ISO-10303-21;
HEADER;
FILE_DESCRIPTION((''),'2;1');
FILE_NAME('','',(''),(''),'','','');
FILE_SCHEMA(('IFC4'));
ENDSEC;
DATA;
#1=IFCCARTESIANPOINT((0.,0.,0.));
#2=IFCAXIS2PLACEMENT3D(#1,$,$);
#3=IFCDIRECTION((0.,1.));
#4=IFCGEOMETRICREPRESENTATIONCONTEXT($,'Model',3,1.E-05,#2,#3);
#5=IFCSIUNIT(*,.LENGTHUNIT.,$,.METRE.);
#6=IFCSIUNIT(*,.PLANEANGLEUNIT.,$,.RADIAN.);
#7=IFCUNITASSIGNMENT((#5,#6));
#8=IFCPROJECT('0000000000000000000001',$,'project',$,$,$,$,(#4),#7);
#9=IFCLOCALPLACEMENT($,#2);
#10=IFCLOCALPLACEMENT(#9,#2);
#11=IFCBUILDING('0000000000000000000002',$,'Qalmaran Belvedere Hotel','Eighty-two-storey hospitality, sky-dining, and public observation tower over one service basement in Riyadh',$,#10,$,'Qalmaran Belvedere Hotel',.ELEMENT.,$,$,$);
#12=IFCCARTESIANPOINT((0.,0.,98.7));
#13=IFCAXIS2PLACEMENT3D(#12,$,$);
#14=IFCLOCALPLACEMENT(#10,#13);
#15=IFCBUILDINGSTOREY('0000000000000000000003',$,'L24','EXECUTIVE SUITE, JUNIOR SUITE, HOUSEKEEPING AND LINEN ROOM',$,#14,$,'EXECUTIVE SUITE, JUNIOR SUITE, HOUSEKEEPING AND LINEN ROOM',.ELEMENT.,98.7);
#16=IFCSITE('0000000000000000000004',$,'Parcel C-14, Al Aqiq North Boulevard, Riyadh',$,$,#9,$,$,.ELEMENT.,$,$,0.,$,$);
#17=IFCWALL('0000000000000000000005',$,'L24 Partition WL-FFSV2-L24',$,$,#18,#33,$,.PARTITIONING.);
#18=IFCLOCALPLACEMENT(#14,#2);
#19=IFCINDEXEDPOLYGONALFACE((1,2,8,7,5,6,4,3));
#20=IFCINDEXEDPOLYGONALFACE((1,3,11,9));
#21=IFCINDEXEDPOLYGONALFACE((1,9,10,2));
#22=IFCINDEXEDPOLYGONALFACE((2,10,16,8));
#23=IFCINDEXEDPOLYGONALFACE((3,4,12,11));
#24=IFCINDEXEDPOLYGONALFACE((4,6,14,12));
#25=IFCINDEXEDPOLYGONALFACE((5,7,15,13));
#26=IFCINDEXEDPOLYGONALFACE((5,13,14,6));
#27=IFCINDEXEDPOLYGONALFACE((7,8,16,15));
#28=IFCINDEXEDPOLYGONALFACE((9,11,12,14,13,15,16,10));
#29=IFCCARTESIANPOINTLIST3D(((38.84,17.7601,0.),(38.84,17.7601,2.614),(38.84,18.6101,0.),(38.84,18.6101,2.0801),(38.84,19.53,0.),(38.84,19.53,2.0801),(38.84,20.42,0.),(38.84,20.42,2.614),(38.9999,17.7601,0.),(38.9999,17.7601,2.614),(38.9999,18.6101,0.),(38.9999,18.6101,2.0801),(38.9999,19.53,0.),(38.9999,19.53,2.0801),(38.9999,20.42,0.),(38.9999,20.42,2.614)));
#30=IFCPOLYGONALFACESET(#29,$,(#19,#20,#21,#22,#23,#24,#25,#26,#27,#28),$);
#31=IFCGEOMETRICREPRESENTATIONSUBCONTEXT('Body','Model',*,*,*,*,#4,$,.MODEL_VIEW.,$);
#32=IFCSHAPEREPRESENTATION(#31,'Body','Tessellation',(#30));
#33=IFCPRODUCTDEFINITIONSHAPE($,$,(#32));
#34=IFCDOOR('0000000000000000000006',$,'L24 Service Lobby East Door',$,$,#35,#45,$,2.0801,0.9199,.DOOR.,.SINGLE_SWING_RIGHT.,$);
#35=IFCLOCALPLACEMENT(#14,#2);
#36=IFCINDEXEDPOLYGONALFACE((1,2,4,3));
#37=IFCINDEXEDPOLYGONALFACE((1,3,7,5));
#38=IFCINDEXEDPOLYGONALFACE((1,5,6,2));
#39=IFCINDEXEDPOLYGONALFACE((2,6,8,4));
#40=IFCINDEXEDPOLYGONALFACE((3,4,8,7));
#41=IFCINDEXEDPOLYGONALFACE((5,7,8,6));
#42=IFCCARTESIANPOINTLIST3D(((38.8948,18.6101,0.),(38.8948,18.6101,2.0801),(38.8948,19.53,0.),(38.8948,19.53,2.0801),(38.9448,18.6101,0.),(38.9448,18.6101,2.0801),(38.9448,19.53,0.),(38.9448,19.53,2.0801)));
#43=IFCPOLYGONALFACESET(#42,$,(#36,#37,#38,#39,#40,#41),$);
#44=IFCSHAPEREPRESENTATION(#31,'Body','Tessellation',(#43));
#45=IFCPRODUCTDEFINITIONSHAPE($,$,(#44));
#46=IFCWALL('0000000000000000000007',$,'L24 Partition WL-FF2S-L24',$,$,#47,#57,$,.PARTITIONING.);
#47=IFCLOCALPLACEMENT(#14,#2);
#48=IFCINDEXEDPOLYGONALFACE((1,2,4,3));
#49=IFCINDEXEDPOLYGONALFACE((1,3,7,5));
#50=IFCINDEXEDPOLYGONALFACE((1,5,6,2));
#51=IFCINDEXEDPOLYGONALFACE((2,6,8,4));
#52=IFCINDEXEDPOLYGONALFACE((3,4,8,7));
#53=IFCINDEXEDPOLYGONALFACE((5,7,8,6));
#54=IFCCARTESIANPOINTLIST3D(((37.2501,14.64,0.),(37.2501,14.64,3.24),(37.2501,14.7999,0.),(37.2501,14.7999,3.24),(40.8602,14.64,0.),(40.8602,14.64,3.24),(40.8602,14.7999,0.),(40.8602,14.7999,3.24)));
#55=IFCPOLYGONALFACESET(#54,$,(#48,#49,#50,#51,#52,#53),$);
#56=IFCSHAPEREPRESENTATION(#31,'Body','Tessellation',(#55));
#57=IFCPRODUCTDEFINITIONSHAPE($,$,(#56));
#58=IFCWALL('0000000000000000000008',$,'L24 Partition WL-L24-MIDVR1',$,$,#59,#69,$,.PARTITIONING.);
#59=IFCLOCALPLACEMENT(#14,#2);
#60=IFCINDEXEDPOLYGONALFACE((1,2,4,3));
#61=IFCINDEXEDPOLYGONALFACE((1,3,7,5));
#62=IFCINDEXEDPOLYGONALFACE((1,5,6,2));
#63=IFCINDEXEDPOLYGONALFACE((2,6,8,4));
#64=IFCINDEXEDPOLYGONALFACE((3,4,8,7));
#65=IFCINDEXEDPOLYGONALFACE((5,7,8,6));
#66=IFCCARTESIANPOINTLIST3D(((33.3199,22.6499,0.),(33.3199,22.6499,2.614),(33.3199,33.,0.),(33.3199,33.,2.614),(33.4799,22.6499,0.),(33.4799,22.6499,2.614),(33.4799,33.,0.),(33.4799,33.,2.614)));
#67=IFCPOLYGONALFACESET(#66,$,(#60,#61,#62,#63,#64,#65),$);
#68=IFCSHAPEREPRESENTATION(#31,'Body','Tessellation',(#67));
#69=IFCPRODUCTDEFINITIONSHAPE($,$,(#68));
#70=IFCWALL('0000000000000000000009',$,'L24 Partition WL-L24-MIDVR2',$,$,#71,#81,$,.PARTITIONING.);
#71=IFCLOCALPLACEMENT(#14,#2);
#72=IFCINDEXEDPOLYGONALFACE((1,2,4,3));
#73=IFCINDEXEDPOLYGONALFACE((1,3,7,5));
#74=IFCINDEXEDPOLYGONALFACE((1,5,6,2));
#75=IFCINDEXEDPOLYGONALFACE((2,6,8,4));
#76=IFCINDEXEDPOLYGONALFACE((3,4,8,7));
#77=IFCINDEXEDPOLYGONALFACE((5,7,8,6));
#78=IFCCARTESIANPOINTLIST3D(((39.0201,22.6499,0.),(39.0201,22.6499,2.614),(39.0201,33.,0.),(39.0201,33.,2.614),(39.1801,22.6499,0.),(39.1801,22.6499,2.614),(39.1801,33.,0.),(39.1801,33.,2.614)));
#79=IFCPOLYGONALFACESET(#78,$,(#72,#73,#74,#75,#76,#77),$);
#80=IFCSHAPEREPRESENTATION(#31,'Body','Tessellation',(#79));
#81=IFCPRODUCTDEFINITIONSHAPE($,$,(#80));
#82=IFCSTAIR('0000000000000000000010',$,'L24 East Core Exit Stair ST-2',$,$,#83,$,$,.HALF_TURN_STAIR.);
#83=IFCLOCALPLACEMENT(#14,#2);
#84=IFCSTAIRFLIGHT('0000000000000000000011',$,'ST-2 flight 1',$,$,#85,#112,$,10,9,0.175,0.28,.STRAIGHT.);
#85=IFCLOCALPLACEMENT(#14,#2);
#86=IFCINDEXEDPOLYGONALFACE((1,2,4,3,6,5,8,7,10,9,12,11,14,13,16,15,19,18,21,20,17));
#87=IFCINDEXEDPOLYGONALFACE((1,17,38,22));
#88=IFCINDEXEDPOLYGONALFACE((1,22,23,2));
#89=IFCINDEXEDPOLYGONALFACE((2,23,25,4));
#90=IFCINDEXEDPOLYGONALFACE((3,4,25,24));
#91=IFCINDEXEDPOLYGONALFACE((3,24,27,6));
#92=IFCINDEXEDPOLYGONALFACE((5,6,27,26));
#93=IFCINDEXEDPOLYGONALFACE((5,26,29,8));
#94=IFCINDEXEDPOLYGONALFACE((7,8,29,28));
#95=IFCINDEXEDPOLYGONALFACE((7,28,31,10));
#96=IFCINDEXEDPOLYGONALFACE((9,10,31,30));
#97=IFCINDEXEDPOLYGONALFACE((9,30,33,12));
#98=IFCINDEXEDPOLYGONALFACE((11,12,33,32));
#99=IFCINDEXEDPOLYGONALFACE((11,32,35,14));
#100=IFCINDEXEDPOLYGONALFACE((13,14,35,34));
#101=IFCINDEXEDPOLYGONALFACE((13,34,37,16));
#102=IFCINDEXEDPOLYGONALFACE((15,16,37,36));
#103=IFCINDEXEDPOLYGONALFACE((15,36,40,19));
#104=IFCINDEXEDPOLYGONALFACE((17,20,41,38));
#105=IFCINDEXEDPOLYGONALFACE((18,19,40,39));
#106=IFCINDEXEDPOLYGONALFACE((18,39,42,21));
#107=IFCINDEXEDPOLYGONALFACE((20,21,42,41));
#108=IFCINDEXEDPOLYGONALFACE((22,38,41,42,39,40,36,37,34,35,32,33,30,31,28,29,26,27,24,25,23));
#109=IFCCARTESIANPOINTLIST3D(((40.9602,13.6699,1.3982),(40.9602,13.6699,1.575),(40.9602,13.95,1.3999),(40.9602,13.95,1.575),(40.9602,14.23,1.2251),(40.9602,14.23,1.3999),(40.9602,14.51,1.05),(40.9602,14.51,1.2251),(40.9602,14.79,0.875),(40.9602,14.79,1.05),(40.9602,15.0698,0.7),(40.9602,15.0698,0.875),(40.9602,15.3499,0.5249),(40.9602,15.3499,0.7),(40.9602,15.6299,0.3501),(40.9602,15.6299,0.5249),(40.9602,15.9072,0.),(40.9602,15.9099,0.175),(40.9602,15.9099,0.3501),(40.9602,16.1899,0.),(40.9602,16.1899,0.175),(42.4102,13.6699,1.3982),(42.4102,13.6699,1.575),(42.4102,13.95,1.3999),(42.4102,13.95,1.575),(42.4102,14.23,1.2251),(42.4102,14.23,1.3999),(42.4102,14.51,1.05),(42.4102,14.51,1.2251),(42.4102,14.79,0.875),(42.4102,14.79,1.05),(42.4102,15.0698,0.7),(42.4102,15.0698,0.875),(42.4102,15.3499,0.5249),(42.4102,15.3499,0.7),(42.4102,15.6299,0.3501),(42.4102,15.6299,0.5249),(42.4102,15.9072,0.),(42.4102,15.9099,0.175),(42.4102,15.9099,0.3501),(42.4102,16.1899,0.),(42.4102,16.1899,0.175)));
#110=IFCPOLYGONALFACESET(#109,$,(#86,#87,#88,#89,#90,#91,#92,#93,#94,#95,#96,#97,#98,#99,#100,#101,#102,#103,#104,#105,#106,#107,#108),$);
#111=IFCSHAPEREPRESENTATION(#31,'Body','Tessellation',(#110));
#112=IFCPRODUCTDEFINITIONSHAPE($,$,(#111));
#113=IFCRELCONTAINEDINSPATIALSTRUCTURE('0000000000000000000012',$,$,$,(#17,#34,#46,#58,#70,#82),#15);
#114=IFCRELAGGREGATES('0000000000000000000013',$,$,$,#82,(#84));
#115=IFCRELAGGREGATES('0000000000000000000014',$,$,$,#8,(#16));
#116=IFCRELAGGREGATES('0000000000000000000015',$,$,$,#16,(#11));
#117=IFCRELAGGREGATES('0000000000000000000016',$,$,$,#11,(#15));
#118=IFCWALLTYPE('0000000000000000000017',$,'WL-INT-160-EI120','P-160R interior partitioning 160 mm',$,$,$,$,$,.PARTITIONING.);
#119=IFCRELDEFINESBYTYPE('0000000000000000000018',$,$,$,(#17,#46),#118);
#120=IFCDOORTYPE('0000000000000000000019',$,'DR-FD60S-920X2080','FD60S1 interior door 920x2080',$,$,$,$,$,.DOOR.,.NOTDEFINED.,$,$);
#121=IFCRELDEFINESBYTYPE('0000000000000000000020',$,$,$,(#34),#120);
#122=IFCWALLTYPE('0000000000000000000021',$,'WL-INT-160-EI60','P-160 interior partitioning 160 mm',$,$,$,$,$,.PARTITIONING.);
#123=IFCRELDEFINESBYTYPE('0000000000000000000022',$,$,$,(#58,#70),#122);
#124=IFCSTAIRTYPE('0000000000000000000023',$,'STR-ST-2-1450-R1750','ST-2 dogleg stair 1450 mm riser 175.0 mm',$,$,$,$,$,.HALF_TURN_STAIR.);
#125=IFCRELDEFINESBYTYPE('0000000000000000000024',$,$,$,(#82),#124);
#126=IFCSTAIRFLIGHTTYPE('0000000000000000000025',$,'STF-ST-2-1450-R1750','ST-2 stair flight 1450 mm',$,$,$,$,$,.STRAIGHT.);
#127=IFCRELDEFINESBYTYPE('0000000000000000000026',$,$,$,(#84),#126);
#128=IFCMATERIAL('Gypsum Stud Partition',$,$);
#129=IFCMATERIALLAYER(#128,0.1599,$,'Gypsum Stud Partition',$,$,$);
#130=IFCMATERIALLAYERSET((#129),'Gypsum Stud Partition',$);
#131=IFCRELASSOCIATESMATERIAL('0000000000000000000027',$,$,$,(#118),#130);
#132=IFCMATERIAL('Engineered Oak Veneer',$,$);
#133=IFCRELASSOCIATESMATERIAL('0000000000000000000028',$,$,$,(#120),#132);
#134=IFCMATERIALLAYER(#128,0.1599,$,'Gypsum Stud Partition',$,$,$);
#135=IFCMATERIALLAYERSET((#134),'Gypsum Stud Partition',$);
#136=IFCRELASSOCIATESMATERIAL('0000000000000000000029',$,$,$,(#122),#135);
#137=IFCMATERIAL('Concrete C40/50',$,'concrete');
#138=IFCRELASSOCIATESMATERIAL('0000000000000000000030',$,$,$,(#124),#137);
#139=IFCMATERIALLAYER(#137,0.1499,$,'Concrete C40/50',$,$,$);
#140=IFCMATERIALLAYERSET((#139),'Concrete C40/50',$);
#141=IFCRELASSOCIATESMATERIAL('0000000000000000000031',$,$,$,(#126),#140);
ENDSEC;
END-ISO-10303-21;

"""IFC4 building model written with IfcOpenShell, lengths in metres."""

from ifc_helpers import new_model, si_unit, direction, frame, frame_2d, origin, place, context, subcontext, project, spatial, polyline, rectangle, outline, extrude, material, layer, layer_set, type_object, element, fill, aggregate, save


model = new_model("IFC4")

# Units and contexts
model_context = context("Model", 3, precision=1e-05, world=origin(), true_north=direction((0.0, 1.0)))
body_context = subcontext(model_context, "Body", "Model", "MODEL_VIEW")
ifc_project = project(units=[si_unit("LENGTHUNIT", "METRE"), si_unit("PLANEANGLEUNIT", "RADIAN")], contexts=[model_context])

# Site, building, storey
site_placement = place(None, origin())
site = spatial("IfcSite", under=ifc_project, at=site_placement, Name="Parcel C-14, Al Aqiq North Boulevard, Riyadh", CompositionType="ELEMENT", RefElevation=0.0)
building_placement = place(site_placement, origin())
building = spatial("IfcBuilding", under=site, at=building_placement, Name="Qalmaran Belvedere Hotel", Description="Eighty-two-storey hospitality, sky-dining, and public observation tower over one service basement in Riyadh", LongName="Qalmaran Belvedere Hotel", CompositionType="ELEMENT")
storey_placement = place(building_placement, frame((0.0, 0.0, 98.7)))
storey = spatial("IfcBuildingStorey", under=building, at=storey_placement, Name="L24", Description="EXECUTIVE SUITE, JUNIOR SUITE, HOUSEKEEPING AND LINEN ROOM", LongName="EXECUTIVE SUITE, JUNIOR SUITE, HOUSEKEEPING AND LINEN ROOM", CompositionType="ELEMENT", Elevation=98.7)

# Shared definitions
ifc_material_1 = material(Name="Gypsum Stud Partition")

# Wall, opening, door
ifc_layer_1 = layer(ifc_material_1, 0.1599, Name="Gypsum Stud Partition")
ifc_layer_set_1 = layer_set([ifc_layer_1], Name="Gypsum Stud Partition")
wall_type_1 = type_object("IfcWallType", Name="WL-INT-160-EI120", Description="P-160R interior partitioning 160 mm", PredefinedType="PARTITIONING", material=ifc_layer_set_1)
wall_1_placement = place(storey_placement, frame((38.9199, 17.76, 0.0), z_axis=(0.0, 0.0, 1.0), x_axis=(0.0, 1.0, 0.0)))
wall_1 = element("IfcWall", 1, at=wall_1_placement, inside=storey, type_object=wall_type_1, Name="L24 Partition WL-FFSV2-L24", PredefinedType="PARTITIONING", context=body_context, shape_type="SweptSolid", body=[
    extrude(rectangle(XDim=2.6599, YDim=0.1599, at=frame_2d((1.3301, 0.0))), origin(), (0.0, 0.0, 1.0), 2.614),
])
opening_1_placement = place(wall_1_placement, frame((1.77, 0.0, 0.0), z_axis=(0.0, 0.0, 1.0), x_axis=(-1.0, 0.0, 0.0)))
opening_1 = element("IfcOpeningElement", 2, at=opening_1_placement, cuts=wall_1, PredefinedType="OPENING", context=body_context, shape_type="SweptSolid", body=[
    extrude(rectangle(XDim=0.9199, YDim=2.0801, at=frame_2d((0.46, 1.04))), frame((0.0, 0.0898, 0.0), z_axis=(0.0, -1.0, 0.0), x_axis=(1.0, 0.0, 0.0)), (0.0, 0.0, 1.0), 0.1799),
])
ifc_material_2 = material(Name="Engineered Oak Veneer")
door_type_1 = type_object("IfcDoorType", Name="DR-FD60S-920X2080", Description="FD60S1 interior door 920x2080", OperationType="NOTDEFINED", PredefinedType="DOOR", material=ifc_material_2)
door_1_placement = place(opening_1_placement, origin())
door_1 = element("IfcDoor", 3, at=door_1_placement, inside=storey, type_object=door_type_1, Name="L24 Service Lobby East Door", OperationType="SINGLE_SWING_RIGHT", OverallHeight=2.0801, OverallWidth=0.9199, PredefinedType="DOOR", context=body_context, shape_type="SweptSolid", body=[
    extrude(rectangle(XDim=0.9199, YDim=2.0801, at=frame_2d((0.46, 1.04))), frame((0.0, 0.0249, 0.0), z_axis=(0.0, -1.0, 0.0), x_axis=(1.0, 0.0, 0.0)), (0.0, 0.0, 1.0), 0.05),
])
fill(opening_1, door_1)

# Walls
wall_2_placement = place(storey_placement, frame((37.25, 14.72, 0.0), z_axis=(0.0, 0.0, 1.0), x_axis=(1.0, 0.0, 0.0)))
element("IfcWall", 4, at=wall_2_placement, inside=storey, type_object=wall_type_1, Name="L24 Partition WL-FF2S-L24", PredefinedType="PARTITIONING", context=body_context, shape_type="SweptSolid", body=[
    extrude(rectangle(XDim=3.6101, YDim=0.1599, at=frame_2d((1.8052, 0.0))), origin(), (0.0, 0.0, 1.0), 3.24),
])
ifc_layer_2 = layer(ifc_material_1, 0.1599, Name="Gypsum Stud Partition")
ifc_layer_set_2 = layer_set([ifc_layer_2], Name="Gypsum Stud Partition")
wall_type_2 = type_object("IfcWallType", Name="WL-INT-160-EI60", Description="P-160 interior partitioning 160 mm", PredefinedType="PARTITIONING", material=ifc_layer_set_2)
for number, where, z_axis, x_axis, name in (
    (5, (33.3999, 22.6499, 0.0), (0.0, 0.0, 1.0), (0.0, 1.0, 0.0), "L24 Partition WL-L24-MIDVR1"),
    (6, (39.1001, 22.6499, 0.0), (0.0, 0.0, 1.0), (0.0, 1.0, 0.0), "L24 Partition WL-L24-MIDVR2"),
):
    element("IfcWall", number, at=place(storey_placement, frame(where, z_axis=z_axis, x_axis=x_axis)), inside=storey, type_object=wall_type_2, Name=name, PredefinedType="PARTITIONING", context=body_context, shape_type="SweptSolid", body=[
        extrude(rectangle(XDim=10.3501, YDim=0.1599, at=frame_2d((5.175, 0.0))), origin(), (0.0, 0.0, 1.0), 2.614),
    ])

# Stair, stair flight
ifc_material_3 = material(Name="Concrete C40/50", Category="concrete")
stair_type = type_object("IfcStairType", Name="STR-ST-2-1450-R1750", Description="ST-2 dogleg stair 1450 mm riser 175.0 mm", PredefinedType="HALF_TURN_STAIR", material=ifc_material_3)
stair_placement = place(storey_placement, origin())
stair = element("IfcStair", 7, at=stair_placement, inside=storey, type_object=stair_type, Name="L24 East Core Exit Stair ST-2", PredefinedType="HALF_TURN_STAIR")
ifc_layer_3 = layer(ifc_material_3, 0.1499, Name="Concrete C40/50")
ifc_layer_set_3 = layer_set([ifc_layer_3], Name="Concrete C40/50")
stair_flight_type = type_object("IfcStairFlightType", Name="STF-ST-2-1450-R1750", Description="ST-2 stair flight 1450 mm", PredefinedType="STRAIGHT", material=ifc_layer_set_3)
stair_flight_placement = place(storey_placement, frame((41.6851, 16.1899, 0.0), z_axis=(0.0, 0.0, 1.0), x_axis=(0.0, -1.0, 0.0)))
stair_flight = element("IfcStairFlight", 8, at=stair_flight_placement, type_object=stair_flight_type, Name="ST-2 flight 1", NumberOfRisers=10, NumberOfTreads=9, PredefinedType="STRAIGHT", RiserHeight=0.175, TreadLength=0.28, context=body_context, shape_type="SweptSolid", body=[
    extrude(outline(polyline([(0.0, 0.0), (0.0, 0.175), (0.28, 0.175), (0.28, 0.3501), (0.5601, 0.3501), (0.5601, 0.5249), (0.8401, 0.5249), (0.8401, 0.7), (1.1201, 0.7), (1.1201, 0.875), (1.3999, 0.875), (1.3999, 1.05), (1.6799, 1.05), (1.6799, 1.2251), (1.96, 1.2251), (1.96, 1.3999), (2.24, 1.3999), (2.24, 1.575), (2.52, 1.575), (2.52, 1.75), (2.52, 1.3982), (0.2827, 0.0), (0.0, 0.0)])), frame((0.0, 0.7251, 0.0), z_axis=(0.0, -1.0, 0.0), x_axis=(1.0, 0.0, 0.0)), (0.0, 0.0, 1.0), 1.45),
])
aggregate(stair, [stair_flight])

save(model, "model.ifc")
